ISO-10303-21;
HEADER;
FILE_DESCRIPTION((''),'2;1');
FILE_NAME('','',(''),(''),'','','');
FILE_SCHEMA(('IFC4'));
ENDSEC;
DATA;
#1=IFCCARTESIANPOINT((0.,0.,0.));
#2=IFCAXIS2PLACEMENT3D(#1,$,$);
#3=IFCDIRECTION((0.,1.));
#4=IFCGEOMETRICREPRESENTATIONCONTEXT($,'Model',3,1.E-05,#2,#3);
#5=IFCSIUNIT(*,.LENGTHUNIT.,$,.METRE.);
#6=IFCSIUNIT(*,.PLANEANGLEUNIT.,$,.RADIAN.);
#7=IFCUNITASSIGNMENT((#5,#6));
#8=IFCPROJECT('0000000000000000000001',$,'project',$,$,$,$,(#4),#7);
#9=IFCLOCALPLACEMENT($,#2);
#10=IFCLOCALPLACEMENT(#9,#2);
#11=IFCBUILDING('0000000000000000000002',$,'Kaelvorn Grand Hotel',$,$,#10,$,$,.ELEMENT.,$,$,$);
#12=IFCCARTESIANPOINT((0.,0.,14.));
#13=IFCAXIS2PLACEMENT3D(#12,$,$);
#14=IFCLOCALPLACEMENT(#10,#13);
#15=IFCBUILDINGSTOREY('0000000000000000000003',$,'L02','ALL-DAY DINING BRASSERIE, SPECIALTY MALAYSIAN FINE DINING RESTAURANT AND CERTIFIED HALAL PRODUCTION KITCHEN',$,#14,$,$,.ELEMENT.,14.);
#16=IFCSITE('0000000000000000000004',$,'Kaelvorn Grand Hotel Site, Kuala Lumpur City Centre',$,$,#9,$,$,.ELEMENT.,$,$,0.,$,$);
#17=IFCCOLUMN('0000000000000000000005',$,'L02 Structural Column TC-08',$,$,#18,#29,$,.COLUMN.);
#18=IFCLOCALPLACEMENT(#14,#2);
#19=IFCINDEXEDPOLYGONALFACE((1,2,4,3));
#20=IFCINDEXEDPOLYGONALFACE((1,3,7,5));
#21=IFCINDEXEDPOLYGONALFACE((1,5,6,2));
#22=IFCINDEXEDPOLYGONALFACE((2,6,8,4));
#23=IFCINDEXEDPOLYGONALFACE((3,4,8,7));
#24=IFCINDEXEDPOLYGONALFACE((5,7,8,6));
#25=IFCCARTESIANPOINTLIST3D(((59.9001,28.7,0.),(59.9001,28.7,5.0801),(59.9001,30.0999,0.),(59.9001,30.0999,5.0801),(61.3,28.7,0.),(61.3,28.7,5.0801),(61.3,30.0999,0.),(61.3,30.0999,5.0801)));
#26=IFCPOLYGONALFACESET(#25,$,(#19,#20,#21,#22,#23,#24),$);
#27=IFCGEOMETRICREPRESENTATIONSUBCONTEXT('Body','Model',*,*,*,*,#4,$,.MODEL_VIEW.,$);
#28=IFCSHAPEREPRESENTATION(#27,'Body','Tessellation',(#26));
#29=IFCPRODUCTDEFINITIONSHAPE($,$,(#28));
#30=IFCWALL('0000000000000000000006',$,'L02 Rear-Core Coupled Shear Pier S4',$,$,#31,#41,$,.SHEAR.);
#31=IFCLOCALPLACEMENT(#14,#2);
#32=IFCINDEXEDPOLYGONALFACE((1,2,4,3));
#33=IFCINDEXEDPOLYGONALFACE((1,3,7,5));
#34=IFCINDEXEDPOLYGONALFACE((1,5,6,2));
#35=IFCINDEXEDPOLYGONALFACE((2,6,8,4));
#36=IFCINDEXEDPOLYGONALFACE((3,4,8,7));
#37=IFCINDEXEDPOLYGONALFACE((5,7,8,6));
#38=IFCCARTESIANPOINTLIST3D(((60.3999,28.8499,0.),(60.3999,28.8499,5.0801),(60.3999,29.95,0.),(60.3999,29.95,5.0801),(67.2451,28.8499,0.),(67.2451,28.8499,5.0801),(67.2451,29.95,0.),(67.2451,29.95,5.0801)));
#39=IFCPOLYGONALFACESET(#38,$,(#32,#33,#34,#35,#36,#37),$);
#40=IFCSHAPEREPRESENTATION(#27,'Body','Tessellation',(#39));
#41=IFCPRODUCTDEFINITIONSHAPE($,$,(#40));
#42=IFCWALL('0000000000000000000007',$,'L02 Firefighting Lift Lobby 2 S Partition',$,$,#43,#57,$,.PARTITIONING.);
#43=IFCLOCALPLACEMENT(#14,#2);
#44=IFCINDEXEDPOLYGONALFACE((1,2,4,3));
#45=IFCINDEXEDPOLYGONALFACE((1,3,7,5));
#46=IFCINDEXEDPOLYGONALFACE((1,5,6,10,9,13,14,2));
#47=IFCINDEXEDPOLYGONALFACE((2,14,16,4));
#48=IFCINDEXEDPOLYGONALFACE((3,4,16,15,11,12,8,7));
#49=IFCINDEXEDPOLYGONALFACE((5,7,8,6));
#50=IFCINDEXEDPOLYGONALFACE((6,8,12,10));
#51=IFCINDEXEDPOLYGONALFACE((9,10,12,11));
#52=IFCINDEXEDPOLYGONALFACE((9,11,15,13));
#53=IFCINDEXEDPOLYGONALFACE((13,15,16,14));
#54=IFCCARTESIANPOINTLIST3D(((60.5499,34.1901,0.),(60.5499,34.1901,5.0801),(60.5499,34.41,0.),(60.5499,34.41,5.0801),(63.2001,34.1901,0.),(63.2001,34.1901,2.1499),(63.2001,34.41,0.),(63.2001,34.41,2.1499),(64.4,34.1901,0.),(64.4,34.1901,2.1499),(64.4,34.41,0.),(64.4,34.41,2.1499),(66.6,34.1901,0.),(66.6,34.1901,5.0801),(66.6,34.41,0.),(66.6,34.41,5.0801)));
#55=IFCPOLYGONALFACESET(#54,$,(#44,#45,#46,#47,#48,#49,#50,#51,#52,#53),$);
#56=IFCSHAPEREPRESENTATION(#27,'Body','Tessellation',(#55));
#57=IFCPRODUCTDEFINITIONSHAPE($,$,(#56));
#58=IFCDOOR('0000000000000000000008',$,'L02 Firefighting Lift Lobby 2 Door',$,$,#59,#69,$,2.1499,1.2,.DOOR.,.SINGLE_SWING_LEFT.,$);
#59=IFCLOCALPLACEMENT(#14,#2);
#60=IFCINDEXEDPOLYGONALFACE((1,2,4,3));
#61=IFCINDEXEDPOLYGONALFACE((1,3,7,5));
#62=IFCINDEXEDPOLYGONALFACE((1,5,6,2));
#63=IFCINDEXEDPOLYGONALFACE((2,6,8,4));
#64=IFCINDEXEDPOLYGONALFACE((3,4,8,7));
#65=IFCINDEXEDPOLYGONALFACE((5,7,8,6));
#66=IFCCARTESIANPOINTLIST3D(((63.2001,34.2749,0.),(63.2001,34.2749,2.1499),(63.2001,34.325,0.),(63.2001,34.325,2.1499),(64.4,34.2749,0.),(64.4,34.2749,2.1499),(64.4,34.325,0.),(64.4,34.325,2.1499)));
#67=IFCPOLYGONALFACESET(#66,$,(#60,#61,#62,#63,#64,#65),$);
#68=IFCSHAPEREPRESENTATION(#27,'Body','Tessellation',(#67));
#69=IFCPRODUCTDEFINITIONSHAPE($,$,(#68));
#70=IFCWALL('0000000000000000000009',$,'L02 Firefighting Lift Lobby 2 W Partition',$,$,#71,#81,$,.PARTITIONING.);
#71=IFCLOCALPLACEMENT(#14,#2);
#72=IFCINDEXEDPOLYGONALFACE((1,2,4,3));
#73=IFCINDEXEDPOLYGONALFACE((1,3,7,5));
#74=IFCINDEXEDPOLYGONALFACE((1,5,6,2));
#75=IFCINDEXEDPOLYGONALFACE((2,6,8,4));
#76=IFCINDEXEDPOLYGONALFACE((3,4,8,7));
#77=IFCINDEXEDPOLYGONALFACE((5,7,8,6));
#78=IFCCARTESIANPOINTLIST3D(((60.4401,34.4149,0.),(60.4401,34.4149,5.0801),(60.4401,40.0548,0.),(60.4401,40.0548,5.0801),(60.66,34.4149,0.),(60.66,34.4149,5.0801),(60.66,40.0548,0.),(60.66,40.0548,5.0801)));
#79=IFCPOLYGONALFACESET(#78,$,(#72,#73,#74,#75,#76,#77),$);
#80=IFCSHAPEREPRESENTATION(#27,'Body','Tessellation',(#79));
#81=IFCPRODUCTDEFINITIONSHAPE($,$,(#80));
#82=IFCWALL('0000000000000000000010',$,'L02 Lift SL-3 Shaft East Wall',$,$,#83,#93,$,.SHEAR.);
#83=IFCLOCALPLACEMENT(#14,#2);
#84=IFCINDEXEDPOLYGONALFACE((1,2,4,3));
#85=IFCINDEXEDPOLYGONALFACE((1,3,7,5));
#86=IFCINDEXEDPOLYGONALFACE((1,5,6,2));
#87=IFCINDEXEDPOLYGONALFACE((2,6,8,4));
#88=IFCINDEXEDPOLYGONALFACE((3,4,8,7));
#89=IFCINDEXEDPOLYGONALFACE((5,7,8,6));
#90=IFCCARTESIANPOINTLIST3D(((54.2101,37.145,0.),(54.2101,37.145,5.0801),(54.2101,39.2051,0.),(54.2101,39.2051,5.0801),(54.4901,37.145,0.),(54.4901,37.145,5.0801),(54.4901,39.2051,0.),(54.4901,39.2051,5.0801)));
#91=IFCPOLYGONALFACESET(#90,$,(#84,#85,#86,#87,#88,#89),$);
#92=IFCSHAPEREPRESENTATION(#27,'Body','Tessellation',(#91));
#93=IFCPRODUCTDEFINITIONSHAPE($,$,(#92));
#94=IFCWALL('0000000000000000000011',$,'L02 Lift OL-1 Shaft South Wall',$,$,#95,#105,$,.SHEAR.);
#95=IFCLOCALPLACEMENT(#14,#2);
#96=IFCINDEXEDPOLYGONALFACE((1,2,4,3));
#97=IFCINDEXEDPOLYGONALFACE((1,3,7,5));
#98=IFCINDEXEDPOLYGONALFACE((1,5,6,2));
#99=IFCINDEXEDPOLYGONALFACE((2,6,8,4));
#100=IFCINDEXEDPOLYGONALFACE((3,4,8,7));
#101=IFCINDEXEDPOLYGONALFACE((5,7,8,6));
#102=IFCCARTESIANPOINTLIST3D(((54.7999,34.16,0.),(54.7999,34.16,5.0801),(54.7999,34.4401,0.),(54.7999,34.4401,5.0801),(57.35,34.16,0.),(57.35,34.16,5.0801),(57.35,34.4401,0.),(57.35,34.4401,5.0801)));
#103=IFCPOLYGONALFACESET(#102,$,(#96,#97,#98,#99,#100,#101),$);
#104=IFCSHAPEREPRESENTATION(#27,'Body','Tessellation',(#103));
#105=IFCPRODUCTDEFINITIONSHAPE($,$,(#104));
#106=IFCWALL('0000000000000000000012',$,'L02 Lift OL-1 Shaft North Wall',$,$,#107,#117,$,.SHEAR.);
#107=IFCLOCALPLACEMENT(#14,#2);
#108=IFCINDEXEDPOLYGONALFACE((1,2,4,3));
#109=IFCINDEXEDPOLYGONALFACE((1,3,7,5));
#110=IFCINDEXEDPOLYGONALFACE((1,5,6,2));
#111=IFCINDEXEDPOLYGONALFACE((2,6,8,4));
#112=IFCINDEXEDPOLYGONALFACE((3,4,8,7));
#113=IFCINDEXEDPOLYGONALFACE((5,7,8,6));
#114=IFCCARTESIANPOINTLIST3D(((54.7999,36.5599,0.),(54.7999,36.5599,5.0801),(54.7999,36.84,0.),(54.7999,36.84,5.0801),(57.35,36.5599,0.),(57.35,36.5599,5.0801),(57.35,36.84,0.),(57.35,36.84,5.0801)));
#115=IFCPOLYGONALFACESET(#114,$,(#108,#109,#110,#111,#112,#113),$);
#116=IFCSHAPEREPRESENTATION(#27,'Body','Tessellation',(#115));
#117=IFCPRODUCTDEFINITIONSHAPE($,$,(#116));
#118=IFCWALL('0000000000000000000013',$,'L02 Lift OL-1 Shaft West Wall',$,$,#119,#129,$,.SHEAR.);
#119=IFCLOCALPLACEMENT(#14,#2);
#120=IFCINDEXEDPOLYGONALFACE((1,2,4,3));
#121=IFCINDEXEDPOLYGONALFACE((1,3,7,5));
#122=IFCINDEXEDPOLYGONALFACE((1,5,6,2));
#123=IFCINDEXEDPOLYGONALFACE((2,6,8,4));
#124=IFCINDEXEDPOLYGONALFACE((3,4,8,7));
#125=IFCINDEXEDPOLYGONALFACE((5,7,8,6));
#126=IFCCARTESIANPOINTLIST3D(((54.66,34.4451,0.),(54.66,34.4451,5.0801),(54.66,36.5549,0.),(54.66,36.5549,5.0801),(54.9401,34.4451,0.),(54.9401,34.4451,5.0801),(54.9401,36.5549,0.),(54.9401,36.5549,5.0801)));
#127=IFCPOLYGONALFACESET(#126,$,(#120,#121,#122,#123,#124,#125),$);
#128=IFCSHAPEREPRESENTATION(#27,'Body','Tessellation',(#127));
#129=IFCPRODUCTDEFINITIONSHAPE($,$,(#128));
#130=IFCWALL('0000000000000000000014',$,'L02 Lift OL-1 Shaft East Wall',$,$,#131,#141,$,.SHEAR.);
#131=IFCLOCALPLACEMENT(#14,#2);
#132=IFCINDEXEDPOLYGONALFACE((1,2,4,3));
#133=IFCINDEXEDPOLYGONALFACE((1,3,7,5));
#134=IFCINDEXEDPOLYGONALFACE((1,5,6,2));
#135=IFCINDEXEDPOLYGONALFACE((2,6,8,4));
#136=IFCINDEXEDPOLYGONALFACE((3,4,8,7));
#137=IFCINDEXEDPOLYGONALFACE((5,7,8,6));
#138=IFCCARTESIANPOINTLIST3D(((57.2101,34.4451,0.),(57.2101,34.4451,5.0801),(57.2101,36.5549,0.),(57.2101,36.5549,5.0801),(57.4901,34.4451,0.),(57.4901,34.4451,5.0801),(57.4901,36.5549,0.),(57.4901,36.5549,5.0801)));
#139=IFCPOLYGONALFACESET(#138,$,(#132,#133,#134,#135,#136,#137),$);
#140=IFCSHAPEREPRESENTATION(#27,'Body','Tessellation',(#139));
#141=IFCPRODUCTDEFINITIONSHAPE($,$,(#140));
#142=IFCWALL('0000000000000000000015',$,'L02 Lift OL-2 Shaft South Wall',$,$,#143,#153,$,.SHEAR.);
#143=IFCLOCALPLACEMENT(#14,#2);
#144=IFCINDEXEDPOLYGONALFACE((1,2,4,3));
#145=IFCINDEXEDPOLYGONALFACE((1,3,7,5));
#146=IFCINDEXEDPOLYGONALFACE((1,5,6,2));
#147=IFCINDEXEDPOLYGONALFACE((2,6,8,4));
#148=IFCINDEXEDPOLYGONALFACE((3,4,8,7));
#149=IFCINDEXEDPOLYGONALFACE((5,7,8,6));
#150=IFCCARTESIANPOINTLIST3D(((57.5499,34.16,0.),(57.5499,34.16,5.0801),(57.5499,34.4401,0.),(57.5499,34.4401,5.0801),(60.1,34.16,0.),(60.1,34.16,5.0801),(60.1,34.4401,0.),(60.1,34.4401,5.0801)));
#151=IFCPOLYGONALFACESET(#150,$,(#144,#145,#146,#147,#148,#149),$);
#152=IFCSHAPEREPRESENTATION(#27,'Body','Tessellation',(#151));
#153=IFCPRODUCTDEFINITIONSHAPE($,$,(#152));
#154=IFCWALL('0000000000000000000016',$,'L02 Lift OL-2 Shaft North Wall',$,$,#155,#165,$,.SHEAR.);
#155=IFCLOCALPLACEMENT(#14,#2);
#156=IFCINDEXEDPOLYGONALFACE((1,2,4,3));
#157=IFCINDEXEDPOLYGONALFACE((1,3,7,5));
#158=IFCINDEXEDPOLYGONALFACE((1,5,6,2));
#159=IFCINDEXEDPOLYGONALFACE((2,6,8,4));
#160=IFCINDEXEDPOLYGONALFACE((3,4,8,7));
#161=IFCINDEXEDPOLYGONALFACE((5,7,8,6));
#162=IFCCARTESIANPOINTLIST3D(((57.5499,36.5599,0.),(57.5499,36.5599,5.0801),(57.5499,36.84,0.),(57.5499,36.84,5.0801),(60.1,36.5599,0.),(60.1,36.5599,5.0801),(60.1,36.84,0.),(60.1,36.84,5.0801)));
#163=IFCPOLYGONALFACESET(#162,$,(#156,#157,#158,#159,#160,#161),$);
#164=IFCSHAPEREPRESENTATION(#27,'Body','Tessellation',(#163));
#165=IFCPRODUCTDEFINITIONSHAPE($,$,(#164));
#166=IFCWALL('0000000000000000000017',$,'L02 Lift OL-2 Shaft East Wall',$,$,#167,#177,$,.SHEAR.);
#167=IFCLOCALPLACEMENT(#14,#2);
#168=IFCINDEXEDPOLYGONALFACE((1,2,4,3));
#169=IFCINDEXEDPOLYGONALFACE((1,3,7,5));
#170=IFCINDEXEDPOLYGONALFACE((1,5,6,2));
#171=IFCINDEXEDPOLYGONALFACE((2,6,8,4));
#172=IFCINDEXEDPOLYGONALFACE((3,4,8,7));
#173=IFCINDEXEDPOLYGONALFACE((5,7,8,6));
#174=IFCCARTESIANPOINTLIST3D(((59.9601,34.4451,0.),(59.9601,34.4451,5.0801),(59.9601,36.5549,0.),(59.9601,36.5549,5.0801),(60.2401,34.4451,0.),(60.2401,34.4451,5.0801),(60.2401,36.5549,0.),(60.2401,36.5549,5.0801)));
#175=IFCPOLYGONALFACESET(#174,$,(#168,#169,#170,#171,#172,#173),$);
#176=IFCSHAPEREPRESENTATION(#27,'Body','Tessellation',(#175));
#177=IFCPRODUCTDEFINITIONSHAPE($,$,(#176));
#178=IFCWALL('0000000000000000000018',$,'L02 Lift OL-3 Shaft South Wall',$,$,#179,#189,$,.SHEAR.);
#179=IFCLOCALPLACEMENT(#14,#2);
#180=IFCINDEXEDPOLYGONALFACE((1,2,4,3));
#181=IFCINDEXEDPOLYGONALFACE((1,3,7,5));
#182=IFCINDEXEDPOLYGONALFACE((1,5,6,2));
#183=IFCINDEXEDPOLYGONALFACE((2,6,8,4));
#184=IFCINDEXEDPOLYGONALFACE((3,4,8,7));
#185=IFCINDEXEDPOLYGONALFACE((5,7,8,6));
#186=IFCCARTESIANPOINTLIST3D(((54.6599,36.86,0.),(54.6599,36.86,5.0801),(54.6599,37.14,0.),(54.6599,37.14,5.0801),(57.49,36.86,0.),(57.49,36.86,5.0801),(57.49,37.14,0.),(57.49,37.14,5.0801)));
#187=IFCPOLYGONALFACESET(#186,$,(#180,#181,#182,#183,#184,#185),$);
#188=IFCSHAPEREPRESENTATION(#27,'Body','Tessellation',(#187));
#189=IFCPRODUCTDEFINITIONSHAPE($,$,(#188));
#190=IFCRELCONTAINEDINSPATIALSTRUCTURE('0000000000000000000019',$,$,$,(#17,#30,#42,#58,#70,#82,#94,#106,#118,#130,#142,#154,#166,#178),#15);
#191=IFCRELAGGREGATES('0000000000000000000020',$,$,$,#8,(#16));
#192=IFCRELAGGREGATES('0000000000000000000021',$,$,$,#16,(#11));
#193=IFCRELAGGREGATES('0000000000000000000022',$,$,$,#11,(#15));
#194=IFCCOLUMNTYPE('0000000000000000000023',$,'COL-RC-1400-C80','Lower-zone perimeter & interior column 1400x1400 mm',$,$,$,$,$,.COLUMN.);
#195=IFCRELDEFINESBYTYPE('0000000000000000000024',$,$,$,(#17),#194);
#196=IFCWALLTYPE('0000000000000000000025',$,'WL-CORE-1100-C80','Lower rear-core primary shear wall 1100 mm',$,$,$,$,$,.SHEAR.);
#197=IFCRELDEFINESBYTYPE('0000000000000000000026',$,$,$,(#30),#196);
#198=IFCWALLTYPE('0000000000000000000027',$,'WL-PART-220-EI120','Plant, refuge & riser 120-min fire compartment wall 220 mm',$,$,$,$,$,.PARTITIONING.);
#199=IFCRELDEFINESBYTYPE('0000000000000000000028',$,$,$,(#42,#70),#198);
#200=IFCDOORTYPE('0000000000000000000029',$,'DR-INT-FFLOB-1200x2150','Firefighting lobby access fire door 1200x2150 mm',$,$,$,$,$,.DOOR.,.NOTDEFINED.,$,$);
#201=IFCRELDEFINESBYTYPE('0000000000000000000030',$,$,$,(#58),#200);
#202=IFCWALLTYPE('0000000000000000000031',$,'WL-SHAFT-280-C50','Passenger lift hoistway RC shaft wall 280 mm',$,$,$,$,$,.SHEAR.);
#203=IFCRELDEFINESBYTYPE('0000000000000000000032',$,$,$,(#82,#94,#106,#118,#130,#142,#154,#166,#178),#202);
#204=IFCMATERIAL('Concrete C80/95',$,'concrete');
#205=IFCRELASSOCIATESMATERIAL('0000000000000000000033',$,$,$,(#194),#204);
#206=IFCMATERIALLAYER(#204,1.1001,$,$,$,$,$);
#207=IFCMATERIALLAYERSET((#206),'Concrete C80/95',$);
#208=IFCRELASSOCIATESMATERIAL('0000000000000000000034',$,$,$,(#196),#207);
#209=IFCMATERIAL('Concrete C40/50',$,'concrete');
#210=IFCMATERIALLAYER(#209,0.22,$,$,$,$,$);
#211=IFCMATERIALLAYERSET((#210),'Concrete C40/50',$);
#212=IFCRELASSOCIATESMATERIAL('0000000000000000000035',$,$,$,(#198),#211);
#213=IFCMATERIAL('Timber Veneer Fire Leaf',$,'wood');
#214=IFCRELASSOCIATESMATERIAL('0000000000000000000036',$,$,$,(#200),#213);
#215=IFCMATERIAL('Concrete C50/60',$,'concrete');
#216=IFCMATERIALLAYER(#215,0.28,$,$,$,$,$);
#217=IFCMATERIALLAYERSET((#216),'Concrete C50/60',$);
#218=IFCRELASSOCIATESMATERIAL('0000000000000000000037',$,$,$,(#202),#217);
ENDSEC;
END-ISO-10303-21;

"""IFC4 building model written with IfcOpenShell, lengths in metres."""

from ifc_helpers import new_model, si_unit, direction, frame, frame_2d, origin, origin_2d, place, context, subcontext, project, spatial, rectangle, extrude, material, layer, layer_set, material_profile, profile_set, type_object, element, fill, save


model = new_model("IFC4")

# Units and contexts
model_context = context("Model", 3, precision=1e-05, world=origin(), true_north=direction((0.0, 1.0)))
body_context = subcontext(model_context, "Body", "Model", "MODEL_VIEW")
ifc_project = project(units=[si_unit("LENGTHUNIT", "METRE"), si_unit("PLANEANGLEUNIT", "RADIAN")], contexts=[model_context])

# Site, building, storey
site_placement = place(None, origin())
site = spatial("IfcSite", under=ifc_project, at=site_placement, Name="Kaelvorn Grand Hotel Site, Kuala Lumpur City Centre", CompositionType="ELEMENT", RefElevation=0.0)
building_placement = place(site_placement, origin())
building = spatial("IfcBuilding", under=site, at=building_placement, Name="Kaelvorn Grand Hotel", CompositionType="ELEMENT")
storey_placement = place(building_placement, frame((0.0, 0.0, 14.0)))
storey = spatial("IfcBuildingStorey", under=building, at=storey_placement, Name="L02", Description="ALL-DAY DINING BRASSERIE, SPECIALTY MALAYSIAN FINE DINING RESTAURANT AND CERTIFIED HALAL PRODUCTION KITCHEN", CompositionType="ELEMENT", Elevation=14.0)

# Column
ifc_material_1 = material(Name="Concrete C80/95", Category="concrete")
ifc_material_profile = material_profile(ifc_material_1, rectangle(XDim=1.3999, YDim=1.3999, at=origin_2d()), Name="RC COL 1400x1400")
ifc_profile_set = profile_set([ifc_material_profile], Name="Concrete C80/95")
column_type = type_object("IfcColumnType", Name="COL-RC-1400-C80", Description="Lower-zone perimeter & interior column 1400x1400 mm", PredefinedType="COLUMN", material=ifc_profile_set)
column_placement = place(storey_placement, frame((60.6001, 29.3999, 0.0), z_axis=(0.0, 0.0, 1.0), x_axis=(1.0, 0.0, 0.0)))
element("IfcColumn", 1, at=column_placement, inside=storey, type_object=column_type, Name="L02 Structural Column TC-08", PredefinedType="COLUMN", context=body_context, shape_type="SweptSolid", body=[
    extrude(rectangle(XDim=1.3999, YDim=1.3999, at=origin_2d()), origin(), (0.0, 0.0, 1.0), 5.0801),
])

# Wall
ifc_layer_1 = layer(ifc_material_1, 1.1001)
ifc_layer_set_1 = layer_set([ifc_layer_1], Name="Concrete C80/95")
wall_type_1 = type_object("IfcWallType", Name="WL-CORE-1100-C80", Description="Lower rear-core primary shear wall 1100 mm", PredefinedType="SHEAR", material=ifc_layer_set_1)
wall_1_placement = place(storey_placement, frame((60.3999, 29.3999, 0.0), z_axis=(0.0, 0.0, 1.0), x_axis=(1.0, 0.0, 0.0)))
element("IfcWall", 2, at=wall_1_placement, inside=storey, type_object=wall_type_1, Name="L02 Rear-Core Coupled Shear Pier S4", PredefinedType="SHEAR", context=body_context, shape_type="SweptSolid", body=[
    extrude(rectangle(XDim=6.8452, YDim=1.1001, at=frame_2d((3.4226, 0.0))), origin(), (0.0, 0.0, 1.0), 5.0801),
])

# Wall, opening, door
ifc_material_2 = material(Name="Concrete C40/50", Category="concrete")
ifc_layer_2 = layer(ifc_material_2, 0.22)
ifc_layer_set_2 = layer_set([ifc_layer_2], Name="Concrete C40/50")
wall_type_2 = type_object("IfcWallType", Name="WL-PART-220-EI120", Description="Plant, refuge & riser 120-min fire compartment wall 220 mm", PredefinedType="PARTITIONING", material=ifc_layer_set_2)
wall_2_placement = place(storey_placement, frame((60.55, 34.3, 0.0), z_axis=(0.0, 0.0, 1.0), x_axis=(1.0, 0.0, 0.0)))
wall_2 = element("IfcWall", 3, at=wall_2_placement, inside=storey, type_object=wall_type_2, Name="L02 Firefighting Lift Lobby 2 S Partition", PredefinedType="PARTITIONING", context=body_context, shape_type="SweptSolid", body=[
    extrude(rectangle(XDim=6.05, YDim=0.22, at=frame_2d((3.0249, 0.0))), origin(), (0.0, 0.0, 1.0), 5.0801),
])
opening_1_placement = place(wall_2_placement, frame((2.6499, 0.0, 0.0)))
opening_1 = element("IfcOpeningElement", 4, at=opening_1_placement, cuts=wall_2, PredefinedType="OPENING", context=body_context, shape_type="SweptSolid", body=[
    extrude(rectangle(XDim=1.2, YDim=2.1499, at=frame_2d((0.6001, 1.075))), frame((0.0, 0.1201, 0.0), z_axis=(0.0, -1.0, 0.0), x_axis=(1.0, 0.0, 0.0)), (0.0, 0.0, 1.0), 0.24),
])
ifc_material_3 = material(Name="Timber Veneer Fire Leaf", Category="wood")
door_type_1 = type_object("IfcDoorType", Name="DR-INT-FFLOB-1200x2150", Description="Firefighting lobby access fire door 1200x2150 mm", OperationType="NOTDEFINED", PredefinedType="DOOR", material=ifc_material_3)
door_1_placement = place(opening_1_placement, origin())
door_1 = element("IfcDoor", 5, at=door_1_placement, inside=storey, type_object=door_type_1, Name="L02 Firefighting Lift Lobby 2 Door", OperationType="SINGLE_SWING_LEFT", OverallHeight=2.1499, OverallWidth=1.2, PredefinedType="DOOR", context=body_context, shape_type="SweptSolid", body=[
    extrude(rectangle(XDim=1.2, YDim=2.1499, at=frame_2d((0.6001, 1.075))), frame((0.0, 0.0249, 0.0), z_axis=(0.0, -1.0, 0.0), x_axis=(1.0, 0.0, 0.0)), (0.0, 0.0, 1.0), 0.05),
])
fill(opening_1, door_1)

# Walls
wall_3_placement = place(storey_placement, frame((60.55, 34.415, 0.0), z_axis=(0.0, 0.0, 1.0), x_axis=(0.0, 1.0, 0.0)))
element("IfcWall", 6, at=wall_3_placement, inside=storey, type_object=wall_type_2, Name="L02 Firefighting Lift Lobby 2 W Partition", PredefinedType="PARTITIONING", context=body_context, shape_type="SweptSolid", body=[
    extrude(rectangle(XDim=5.6399, YDim=0.22, at=frame_2d((2.8198, 0.0))), origin(), (0.0, 0.0, 1.0), 5.0801),
])
ifc_material_4 = material(Name="Concrete C50/60", Category="concrete")
ifc_layer_3 = layer(ifc_material_4, 0.28)
ifc_layer_set_3 = layer_set([ifc_layer_3], Name="Concrete C50/60")
wall_type_3 = type_object("IfcWallType", Name="WL-SHAFT-280-C50", Description="Passenger lift hoistway RC shaft wall 280 mm", PredefinedType="SHEAR", material=ifc_layer_set_3)
wall_4_placement = place(storey_placement, frame((54.3501, 37.145, 0.0), z_axis=(0.0, 0.0, 1.0), x_axis=(0.0, 1.0, 0.0)))
element("IfcWall", 7, at=wall_4_placement, inside=storey, type_object=wall_type_3, Name="L02 Lift SL-3 Shaft East Wall", PredefinedType="SHEAR", context=body_context, shape_type="SweptSolid", body=[
    extrude(rectangle(XDim=2.0601, YDim=0.28, at=frame_2d((1.03, 0.0))), origin(), (0.0, 0.0, 1.0), 5.0801),
])
for number, where, z_axis, x_axis, name in (
    (8, (54.8, 34.3, 0.0), (0.0, 0.0, 1.0), (1.0, 0.0, 0.0), "L02 Lift OL-1 Shaft South Wall"),
    (9, (54.8, 36.7, 0.0), (0.0, 0.0, 1.0), (1.0, 0.0, 0.0), "L02 Lift OL-1 Shaft North Wall"),
):
    element("IfcWall", number, at=place(storey_placement, frame(where, z_axis=z_axis, x_axis=x_axis)), inside=storey, type_object=wall_type_3, Name=name, PredefinedType="SHEAR", context=body_context, shape_type="SweptSolid", body=[
        extrude(rectangle(XDim=2.55, YDim=0.28, at=frame_2d((1.2749, 0.0))), origin(), (0.0, 0.0, 1.0), 5.0801),
    ])
for number, where, z_axis, x_axis, name in (
    (10, (54.8, 34.4451, 0.0), (0.0, 0.0, 1.0), (0.0, 1.0, 0.0), "L02 Lift OL-1 Shaft West Wall"),
    (11, (57.3501, 34.4451, 0.0), (0.0, 0.0, 1.0), (0.0, 1.0, 0.0), "L02 Lift OL-1 Shaft East Wall"),
):
    element("IfcWall", number, at=place(storey_placement, frame(where, z_axis=z_axis, x_axis=x_axis)), inside=storey, type_object=wall_type_3, Name=name, PredefinedType="SHEAR", context=body_context, shape_type="SweptSolid", body=[
        extrude(rectangle(XDim=2.1099, YDim=0.28, at=frame_2d((1.0549, 0.0))), origin(), (0.0, 0.0, 1.0), 5.0801),
    ])
for number, where, z_axis, x_axis, name in (
    (12, (57.55, 34.3, 0.0), (0.0, 0.0, 1.0), (1.0, 0.0, 0.0), "L02 Lift OL-2 Shaft South Wall"),
    (13, (57.55, 36.7, 0.0), (0.0, 0.0, 1.0), (1.0, 0.0, 0.0), "L02 Lift OL-2 Shaft North Wall"),
):
    element("IfcWall", number, at=place(storey_placement, frame(where, z_axis=z_axis, x_axis=x_axis)), inside=storey, type_object=wall_type_3, Name=name, PredefinedType="SHEAR", context=body_context, shape_type="SweptSolid", body=[
        extrude(rectangle(XDim=2.55, YDim=0.28, at=frame_2d((1.2749, 0.0))), origin(), (0.0, 0.0, 1.0), 5.0801),
    ])
wall_5_placement = place(storey_placement, frame((60.1001, 34.4451, 0.0), z_axis=(0.0, 0.0, 1.0), x_axis=(0.0, 1.0, 0.0)))
element("IfcWall", 14, at=wall_5_placement, inside=storey, type_object=wall_type_3, Name="L02 Lift OL-2 Shaft East Wall", PredefinedType="SHEAR", context=body_context, shape_type="SweptSolid", body=[
    extrude(rectangle(XDim=2.1099, YDim=0.28, at=frame_2d((1.0549, 0.0))), origin(), (0.0, 0.0, 1.0), 5.0801),
])
for number, where, z_axis, x_axis, name in (
    (15, (54.6599, 37.0, 0.0), (0.0, 0.0, 1.0), (1.0, 0.0, 0.0), "L02 Lift OL-3 Shaft South Wall"),
):
    element("IfcWall", number, at=place(storey_placement, frame(where, z_axis=z_axis, x_axis=x_axis)), inside=storey, type_object=wall_type_3, Name=name, PredefinedType="SHEAR", context=body_context, shape_type="SweptSolid", body=[
        extrude(rectangle(XDim=2.8301, YDim=0.28, at=frame_2d((1.415, 0.0))), origin(), (0.0, 0.0, 1.0), 5.0801),
    ])

save(model, "model.ifc")
